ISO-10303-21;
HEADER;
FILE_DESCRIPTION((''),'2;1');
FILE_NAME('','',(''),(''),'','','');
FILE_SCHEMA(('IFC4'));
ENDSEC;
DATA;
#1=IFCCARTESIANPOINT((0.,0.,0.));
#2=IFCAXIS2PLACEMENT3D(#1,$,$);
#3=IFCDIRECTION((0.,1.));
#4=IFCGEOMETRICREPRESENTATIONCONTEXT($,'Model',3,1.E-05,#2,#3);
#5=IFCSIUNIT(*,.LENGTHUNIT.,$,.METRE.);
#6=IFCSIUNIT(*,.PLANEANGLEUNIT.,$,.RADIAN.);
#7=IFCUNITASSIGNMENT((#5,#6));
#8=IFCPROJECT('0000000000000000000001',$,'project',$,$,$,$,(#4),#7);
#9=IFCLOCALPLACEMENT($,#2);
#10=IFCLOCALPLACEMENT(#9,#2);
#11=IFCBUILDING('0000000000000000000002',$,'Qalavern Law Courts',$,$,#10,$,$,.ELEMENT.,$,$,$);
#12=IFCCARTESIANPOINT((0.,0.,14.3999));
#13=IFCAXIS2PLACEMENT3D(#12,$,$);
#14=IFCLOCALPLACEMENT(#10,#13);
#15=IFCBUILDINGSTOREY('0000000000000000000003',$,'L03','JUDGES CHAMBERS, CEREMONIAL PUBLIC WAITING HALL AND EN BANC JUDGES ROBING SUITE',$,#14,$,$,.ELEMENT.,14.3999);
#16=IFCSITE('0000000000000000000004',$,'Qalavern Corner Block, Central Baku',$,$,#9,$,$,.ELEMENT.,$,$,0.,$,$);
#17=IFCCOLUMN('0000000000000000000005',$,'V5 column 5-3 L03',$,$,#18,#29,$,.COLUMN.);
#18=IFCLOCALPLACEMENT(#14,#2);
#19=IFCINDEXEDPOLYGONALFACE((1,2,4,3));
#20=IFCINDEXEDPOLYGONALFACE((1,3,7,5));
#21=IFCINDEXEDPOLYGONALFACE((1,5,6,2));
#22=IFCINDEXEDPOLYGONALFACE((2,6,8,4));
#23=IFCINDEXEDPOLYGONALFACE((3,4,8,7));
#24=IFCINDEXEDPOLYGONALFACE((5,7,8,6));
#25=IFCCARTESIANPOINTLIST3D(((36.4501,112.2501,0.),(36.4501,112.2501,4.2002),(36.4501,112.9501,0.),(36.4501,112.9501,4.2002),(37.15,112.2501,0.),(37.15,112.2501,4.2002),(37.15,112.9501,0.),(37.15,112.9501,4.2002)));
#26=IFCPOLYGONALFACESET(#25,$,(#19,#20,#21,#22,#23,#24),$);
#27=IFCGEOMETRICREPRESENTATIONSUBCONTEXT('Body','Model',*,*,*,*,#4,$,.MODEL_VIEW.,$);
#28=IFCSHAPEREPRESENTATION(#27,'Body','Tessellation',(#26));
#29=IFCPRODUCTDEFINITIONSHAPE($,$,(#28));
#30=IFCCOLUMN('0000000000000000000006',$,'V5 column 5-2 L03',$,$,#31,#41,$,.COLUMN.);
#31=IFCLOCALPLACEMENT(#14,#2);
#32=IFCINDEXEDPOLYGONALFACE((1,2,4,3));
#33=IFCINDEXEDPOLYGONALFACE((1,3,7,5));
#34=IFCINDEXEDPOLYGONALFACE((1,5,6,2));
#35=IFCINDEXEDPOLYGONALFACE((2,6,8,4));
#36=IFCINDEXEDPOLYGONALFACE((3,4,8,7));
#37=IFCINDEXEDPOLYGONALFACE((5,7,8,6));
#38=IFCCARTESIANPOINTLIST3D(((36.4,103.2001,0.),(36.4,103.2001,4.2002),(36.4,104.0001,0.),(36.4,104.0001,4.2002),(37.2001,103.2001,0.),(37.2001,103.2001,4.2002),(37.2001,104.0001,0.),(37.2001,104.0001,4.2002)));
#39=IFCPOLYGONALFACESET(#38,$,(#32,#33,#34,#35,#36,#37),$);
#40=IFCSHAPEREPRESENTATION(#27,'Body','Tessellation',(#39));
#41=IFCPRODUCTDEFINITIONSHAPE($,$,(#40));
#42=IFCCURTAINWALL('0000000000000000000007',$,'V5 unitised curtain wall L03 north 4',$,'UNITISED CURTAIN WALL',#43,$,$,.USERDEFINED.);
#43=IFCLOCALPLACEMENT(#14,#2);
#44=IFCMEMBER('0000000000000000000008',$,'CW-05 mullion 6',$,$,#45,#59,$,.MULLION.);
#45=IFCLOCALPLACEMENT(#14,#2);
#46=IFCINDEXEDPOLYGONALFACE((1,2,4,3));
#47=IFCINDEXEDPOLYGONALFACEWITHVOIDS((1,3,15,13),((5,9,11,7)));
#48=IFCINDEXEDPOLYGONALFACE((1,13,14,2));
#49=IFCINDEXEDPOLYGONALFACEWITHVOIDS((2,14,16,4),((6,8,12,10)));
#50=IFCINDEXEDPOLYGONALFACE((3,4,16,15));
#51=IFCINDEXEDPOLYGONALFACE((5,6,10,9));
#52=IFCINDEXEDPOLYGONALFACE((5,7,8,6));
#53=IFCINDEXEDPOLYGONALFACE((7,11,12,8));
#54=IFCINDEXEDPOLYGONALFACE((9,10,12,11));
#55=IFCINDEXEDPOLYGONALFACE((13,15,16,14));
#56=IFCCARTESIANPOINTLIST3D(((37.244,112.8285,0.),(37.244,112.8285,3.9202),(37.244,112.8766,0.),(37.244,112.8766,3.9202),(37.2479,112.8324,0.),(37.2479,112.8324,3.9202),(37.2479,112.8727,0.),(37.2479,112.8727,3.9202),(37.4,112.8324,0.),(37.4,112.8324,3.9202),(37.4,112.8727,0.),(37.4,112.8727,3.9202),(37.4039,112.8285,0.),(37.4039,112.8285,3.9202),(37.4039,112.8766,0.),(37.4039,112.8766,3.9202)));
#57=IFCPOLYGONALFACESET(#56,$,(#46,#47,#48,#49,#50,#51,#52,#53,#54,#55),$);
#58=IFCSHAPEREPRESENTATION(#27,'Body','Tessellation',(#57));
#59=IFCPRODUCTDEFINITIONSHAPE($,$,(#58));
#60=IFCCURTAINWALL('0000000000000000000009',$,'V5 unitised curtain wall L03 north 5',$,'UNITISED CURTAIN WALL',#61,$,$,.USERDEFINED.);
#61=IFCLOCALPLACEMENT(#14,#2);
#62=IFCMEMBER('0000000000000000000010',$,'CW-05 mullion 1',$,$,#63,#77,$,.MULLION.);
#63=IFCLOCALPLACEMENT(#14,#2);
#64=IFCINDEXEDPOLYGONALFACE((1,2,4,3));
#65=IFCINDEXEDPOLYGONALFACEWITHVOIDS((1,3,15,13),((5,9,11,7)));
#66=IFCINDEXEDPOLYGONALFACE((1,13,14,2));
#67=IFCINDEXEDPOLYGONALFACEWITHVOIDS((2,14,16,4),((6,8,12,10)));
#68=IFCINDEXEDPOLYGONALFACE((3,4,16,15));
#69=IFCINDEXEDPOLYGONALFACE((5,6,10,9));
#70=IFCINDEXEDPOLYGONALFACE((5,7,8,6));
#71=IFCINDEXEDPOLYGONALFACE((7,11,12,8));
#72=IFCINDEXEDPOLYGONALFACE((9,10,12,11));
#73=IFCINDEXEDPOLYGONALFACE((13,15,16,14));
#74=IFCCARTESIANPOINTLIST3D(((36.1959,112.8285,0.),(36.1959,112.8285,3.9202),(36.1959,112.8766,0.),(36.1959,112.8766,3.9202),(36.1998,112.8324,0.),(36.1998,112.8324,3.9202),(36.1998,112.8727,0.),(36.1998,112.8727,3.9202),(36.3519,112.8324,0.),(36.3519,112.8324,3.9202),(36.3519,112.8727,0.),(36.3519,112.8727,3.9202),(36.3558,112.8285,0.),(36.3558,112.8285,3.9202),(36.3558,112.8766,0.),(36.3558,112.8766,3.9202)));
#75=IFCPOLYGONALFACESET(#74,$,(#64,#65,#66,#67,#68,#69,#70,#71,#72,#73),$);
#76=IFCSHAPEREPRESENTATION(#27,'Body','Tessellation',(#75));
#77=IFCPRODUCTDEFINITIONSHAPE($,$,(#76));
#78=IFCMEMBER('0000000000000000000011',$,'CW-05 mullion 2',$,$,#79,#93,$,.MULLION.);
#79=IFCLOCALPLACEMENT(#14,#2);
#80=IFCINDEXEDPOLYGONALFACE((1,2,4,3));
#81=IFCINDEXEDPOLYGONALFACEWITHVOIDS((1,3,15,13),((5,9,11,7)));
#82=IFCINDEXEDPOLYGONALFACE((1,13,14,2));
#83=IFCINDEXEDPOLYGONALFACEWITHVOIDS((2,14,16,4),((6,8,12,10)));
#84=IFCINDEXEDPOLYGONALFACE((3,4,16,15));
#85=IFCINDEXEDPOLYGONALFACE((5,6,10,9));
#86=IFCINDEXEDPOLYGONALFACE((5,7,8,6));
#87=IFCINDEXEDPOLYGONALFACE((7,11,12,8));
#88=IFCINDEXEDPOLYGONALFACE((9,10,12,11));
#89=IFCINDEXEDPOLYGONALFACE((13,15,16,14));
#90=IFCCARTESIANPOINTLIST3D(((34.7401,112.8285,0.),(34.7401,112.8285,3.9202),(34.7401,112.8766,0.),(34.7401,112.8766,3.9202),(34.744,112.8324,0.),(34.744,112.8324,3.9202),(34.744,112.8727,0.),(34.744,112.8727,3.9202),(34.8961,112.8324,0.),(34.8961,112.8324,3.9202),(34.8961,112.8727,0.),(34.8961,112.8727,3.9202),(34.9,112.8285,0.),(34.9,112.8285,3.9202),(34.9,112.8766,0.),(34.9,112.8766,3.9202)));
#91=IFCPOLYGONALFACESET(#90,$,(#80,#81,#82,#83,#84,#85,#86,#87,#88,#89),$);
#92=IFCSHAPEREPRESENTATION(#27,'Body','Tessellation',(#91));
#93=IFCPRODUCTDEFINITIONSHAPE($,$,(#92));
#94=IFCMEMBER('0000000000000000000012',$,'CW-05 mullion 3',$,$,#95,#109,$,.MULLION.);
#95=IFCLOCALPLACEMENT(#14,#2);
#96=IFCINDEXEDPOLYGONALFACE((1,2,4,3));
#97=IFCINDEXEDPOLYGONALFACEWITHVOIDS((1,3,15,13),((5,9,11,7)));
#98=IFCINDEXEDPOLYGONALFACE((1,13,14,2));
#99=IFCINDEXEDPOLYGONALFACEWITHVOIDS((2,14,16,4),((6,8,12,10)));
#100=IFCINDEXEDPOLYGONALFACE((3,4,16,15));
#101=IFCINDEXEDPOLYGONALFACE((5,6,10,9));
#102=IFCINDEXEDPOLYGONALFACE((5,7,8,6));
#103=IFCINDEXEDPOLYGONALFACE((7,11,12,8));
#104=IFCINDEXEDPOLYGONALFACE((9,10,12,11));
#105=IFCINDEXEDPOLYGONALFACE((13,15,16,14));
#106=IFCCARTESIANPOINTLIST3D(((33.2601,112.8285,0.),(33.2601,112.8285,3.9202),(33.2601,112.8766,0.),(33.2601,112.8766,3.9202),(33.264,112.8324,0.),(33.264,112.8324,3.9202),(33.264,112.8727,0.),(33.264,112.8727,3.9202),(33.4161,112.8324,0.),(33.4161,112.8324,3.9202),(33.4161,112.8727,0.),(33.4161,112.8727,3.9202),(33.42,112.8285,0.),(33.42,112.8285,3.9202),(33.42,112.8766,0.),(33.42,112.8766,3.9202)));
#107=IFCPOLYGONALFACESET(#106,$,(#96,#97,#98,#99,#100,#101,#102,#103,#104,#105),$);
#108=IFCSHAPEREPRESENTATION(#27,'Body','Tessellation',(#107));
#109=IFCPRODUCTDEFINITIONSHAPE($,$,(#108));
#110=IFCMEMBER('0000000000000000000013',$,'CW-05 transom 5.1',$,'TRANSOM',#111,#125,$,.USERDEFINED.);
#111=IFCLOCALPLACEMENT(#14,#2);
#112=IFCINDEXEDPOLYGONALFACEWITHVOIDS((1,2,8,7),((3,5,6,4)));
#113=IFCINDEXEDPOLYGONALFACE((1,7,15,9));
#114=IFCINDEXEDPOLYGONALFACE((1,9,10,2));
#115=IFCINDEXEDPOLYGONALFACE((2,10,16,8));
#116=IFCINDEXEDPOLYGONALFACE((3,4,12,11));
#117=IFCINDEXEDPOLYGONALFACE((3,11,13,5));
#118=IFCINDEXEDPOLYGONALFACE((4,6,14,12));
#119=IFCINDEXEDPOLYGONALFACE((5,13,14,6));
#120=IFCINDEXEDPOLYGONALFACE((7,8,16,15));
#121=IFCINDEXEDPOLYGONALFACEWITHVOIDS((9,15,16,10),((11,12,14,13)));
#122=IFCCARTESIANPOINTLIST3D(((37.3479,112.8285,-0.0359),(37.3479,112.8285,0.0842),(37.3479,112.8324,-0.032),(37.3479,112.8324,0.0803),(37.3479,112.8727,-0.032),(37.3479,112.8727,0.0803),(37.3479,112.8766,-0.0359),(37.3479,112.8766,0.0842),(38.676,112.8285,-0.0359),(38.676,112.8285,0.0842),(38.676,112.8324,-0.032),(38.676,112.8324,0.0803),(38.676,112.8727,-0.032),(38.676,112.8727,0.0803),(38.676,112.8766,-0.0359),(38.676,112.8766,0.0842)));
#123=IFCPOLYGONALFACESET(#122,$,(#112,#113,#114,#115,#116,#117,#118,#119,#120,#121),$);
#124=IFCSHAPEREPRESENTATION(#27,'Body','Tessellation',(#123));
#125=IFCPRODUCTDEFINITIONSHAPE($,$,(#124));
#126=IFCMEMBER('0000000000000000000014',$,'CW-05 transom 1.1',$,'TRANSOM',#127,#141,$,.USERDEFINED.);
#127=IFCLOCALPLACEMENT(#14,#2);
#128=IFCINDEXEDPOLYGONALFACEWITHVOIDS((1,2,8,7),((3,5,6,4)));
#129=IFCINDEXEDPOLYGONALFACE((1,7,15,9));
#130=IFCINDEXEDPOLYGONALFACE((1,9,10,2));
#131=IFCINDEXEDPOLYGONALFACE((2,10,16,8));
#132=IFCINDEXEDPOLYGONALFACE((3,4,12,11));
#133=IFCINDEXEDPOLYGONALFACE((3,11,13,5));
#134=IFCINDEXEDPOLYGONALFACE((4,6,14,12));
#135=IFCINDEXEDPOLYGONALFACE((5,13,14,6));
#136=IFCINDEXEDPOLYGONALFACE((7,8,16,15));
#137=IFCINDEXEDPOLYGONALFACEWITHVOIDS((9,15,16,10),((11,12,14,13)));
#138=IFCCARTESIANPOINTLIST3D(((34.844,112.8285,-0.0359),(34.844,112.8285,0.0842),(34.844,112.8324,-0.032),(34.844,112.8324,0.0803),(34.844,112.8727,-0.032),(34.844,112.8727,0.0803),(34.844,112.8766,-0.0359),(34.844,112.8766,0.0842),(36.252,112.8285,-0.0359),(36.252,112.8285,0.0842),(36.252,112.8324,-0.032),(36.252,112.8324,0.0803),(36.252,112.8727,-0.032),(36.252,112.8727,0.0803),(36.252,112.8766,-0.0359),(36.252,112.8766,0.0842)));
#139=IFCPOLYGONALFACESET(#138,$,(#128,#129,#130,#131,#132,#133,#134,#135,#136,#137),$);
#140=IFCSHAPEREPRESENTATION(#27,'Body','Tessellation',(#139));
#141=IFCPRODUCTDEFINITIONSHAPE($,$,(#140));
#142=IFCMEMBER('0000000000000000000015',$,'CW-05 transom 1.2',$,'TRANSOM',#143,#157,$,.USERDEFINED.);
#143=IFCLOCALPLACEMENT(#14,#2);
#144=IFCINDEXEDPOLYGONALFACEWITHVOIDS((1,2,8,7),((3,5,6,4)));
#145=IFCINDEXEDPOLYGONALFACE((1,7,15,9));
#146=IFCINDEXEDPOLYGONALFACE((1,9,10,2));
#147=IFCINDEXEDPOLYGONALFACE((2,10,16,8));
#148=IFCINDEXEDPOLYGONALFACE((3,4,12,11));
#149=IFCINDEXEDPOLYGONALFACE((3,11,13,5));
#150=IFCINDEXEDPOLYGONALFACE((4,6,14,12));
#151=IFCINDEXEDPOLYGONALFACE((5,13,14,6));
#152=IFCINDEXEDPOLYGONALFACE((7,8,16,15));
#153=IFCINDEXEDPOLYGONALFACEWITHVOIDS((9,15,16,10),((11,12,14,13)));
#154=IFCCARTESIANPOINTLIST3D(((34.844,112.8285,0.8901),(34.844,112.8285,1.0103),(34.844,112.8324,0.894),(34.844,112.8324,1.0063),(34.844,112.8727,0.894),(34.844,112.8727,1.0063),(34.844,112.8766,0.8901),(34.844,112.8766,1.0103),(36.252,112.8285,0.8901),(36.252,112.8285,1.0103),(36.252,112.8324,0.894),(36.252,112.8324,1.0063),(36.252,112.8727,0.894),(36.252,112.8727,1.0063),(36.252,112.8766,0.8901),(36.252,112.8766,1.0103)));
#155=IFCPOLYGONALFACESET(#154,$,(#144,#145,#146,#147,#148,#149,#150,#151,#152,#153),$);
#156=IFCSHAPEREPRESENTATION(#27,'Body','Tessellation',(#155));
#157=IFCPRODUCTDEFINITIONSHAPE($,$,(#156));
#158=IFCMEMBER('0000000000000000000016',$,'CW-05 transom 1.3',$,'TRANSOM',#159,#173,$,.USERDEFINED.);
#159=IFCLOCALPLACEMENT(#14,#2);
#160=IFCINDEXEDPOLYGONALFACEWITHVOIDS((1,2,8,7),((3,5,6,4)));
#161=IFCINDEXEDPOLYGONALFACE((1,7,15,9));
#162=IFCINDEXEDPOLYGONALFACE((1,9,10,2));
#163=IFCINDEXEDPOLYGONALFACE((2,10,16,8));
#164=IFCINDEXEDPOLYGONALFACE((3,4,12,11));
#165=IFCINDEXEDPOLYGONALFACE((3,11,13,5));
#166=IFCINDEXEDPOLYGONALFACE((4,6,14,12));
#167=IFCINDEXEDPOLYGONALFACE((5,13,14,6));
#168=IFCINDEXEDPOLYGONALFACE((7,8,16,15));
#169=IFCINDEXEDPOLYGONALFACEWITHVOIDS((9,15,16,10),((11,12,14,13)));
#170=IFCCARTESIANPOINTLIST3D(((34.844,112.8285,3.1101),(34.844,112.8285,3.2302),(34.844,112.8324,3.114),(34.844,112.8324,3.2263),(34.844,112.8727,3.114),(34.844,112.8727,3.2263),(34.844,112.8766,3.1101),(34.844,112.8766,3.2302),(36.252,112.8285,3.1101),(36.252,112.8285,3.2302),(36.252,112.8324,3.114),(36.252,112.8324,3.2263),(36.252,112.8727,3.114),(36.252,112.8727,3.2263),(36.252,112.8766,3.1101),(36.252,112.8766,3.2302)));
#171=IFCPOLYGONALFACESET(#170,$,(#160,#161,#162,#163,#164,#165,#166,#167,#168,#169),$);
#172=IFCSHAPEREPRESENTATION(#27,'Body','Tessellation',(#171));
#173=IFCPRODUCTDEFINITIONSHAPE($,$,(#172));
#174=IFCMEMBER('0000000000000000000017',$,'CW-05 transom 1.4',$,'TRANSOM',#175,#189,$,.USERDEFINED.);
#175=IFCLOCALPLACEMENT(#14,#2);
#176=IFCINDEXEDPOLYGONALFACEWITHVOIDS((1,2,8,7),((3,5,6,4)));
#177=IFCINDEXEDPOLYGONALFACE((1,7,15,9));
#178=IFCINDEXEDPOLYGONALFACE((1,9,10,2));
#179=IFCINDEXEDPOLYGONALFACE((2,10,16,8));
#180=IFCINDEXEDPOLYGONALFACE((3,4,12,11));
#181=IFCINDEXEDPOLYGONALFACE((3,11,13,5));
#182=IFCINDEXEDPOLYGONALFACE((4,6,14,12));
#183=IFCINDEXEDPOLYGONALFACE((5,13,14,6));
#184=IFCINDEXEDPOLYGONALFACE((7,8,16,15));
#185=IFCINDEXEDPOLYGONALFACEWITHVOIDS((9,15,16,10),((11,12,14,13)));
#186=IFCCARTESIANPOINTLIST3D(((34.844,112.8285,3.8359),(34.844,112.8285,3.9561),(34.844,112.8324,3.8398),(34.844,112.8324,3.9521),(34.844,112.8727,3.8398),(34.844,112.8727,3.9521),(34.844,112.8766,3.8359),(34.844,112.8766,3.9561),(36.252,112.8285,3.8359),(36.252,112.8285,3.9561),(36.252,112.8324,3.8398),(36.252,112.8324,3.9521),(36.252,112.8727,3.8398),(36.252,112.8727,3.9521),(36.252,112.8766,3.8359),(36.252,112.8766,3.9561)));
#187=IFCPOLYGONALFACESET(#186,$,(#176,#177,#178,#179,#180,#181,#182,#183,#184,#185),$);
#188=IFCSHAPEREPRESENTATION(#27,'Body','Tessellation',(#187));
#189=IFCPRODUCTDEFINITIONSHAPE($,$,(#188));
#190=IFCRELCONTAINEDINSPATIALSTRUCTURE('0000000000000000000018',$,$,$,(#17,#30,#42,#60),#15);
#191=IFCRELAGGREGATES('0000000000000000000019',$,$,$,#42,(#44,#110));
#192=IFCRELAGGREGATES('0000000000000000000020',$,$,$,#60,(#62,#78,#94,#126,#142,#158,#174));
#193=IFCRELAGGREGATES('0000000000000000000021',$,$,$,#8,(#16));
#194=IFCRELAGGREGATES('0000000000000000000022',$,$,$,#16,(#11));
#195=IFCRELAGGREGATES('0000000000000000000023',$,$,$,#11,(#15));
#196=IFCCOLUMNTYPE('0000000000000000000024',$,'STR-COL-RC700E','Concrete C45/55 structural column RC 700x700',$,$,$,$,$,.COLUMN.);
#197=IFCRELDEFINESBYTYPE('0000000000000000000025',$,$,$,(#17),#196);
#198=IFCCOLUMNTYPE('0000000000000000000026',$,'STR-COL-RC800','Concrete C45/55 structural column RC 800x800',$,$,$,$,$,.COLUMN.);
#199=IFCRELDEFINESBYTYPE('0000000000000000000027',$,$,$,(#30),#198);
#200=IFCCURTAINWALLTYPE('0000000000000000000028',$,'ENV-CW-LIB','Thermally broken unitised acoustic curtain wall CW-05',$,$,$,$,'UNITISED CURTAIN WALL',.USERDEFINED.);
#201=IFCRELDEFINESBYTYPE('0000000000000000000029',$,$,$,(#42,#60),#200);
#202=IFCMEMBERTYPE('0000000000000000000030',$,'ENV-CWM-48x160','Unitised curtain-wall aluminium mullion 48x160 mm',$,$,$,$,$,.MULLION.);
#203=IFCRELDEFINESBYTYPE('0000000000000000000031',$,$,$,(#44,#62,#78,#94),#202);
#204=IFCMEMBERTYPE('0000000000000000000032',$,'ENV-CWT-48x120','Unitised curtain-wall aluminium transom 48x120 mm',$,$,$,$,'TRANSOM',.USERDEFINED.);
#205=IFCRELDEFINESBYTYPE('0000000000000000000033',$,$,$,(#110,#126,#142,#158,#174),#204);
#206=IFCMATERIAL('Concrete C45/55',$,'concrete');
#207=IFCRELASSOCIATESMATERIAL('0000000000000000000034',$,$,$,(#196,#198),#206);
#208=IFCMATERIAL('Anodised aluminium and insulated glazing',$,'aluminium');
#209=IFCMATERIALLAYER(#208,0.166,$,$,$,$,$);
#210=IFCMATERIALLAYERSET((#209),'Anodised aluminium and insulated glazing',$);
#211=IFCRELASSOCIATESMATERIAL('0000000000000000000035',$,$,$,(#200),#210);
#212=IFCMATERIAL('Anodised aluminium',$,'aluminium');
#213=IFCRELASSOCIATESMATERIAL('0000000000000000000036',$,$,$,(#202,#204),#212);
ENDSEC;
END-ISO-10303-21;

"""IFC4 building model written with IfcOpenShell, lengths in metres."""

from ifc_helpers import new_model, si_unit, direction, frame, origin, origin_2d, place, context, subcontext, project, spatial, rectangle, hollow_rectangle, extrude, material, layer, layer_set, material_profile, profile_set, type_object, element, aggregate, save


model = new_model("IFC4")

# Units and contexts
model_context = context("Model", 3, precision=1e-05, world=origin(), true_north=direction((0.0, 1.0)))
body_context = subcontext(model_context, "Body", "Model", "MODEL_VIEW")
ifc_project = project(units=[si_unit("LENGTHUNIT", "METRE"), si_unit("PLANEANGLEUNIT", "RADIAN")], contexts=[model_context])

# Site, building, storey
site_placement = place(None, origin())
site = spatial("IfcSite", under=ifc_project, at=site_placement, Name="Qalavern Corner Block, Central Baku", CompositionType="ELEMENT", RefElevation=0.0)
building_placement = place(site_placement, origin())
building = spatial("IfcBuilding", under=site, at=building_placement, Name="Qalavern Law Courts", CompositionType="ELEMENT")
storey_placement = place(building_placement, frame((0.0, 0.0, 14.3999)))
storey = spatial("IfcBuildingStorey", under=building, at=storey_placement, Name="L03", Description="JUDGES CHAMBERS, CEREMONIAL PUBLIC WAITING HALL AND EN BANC JUDGES ROBING SUITE", CompositionType="ELEMENT", Elevation=14.3999)

# Columns
ifc_material_1 = material(Name="Concrete C45/55", Category="concrete")
ifc_material_profile_1 = material_profile(ifc_material_1, rectangle(XDim=0.7, YDim=0.7, at=origin_2d()), Name="RC 700x700")
ifc_profile_set_1 = profile_set([ifc_material_profile_1], Name="Concrete C45/55")
column_type_1 = type_object("IfcColumnType", Name="STR-COL-RC700E", Description="Concrete C45/55 structural column RC 700x700", PredefinedType="COLUMN", material=ifc_profile_set_1)
column_1_placement = place(storey_placement, frame((36.8, 112.6001, 0.0), z_axis=(0.0, 0.0, 1.0), x_axis=(1.0, 0.0, 0.0)))
element("IfcColumn", 1, at=column_1_placement, inside=storey, type_object=column_type_1, Name="V5 column 5-3 L03", PredefinedType="COLUMN", context=body_context, shape_type="SweptSolid", body=[
    extrude(rectangle(XDim=0.7, YDim=0.7, at=origin_2d()), origin(), (0.0, 0.0, 1.0), 4.2002),
])
ifc_material_profile_2 = material_profile(ifc_material_1, rectangle(XDim=0.8, YDim=0.8, at=origin_2d()), Name="RC 800x800")
ifc_profile_set_2 = profile_set([ifc_material_profile_2], Name="Concrete C45/55")
column_type_2 = type_object("IfcColumnType", Name="STR-COL-RC800", Description="Concrete C45/55 structural column RC 800x800", PredefinedType="COLUMN", material=ifc_profile_set_2)
column_2_placement = place(storey_placement, frame((36.8, 103.6001, 0.0), z_axis=(0.0, 0.0, 1.0), x_axis=(1.0, 0.0, 0.0)))
element("IfcColumn", 2, at=column_2_placement, inside=storey, type_object=column_type_2, Name="V5 column 5-2 L03", PredefinedType="COLUMN", context=body_context, shape_type="SweptSolid", body=[
    extrude(rectangle(XDim=0.8, YDim=0.8, at=origin_2d()), origin(), (0.0, 0.0, 1.0), 4.2002),
])

# Curtain wall, member
ifc_material_2 = material(Name="Anodised aluminium and insulated glazing", Category="aluminium")
ifc_layer_1 = layer(ifc_material_2, 0.166)
ifc_layer_set_1 = layer_set([ifc_layer_1], Name="Anodised aluminium and insulated glazing")
curtain_wall_type = type_object("IfcCurtainWallType", Name="ENV-CW-LIB", Description="Thermally broken unitised acoustic curtain wall CW-05", ElementType="UNITISED CURTAIN WALL", PredefinedType="USERDEFINED", material=ifc_layer_set_1)
curtain_wall_1_placement = place(storey_placement, origin())
curtain_wall_1 = element("IfcCurtainWall", 3, at=curtain_wall_1_placement, inside=storey, type_object=curtain_wall_type, Name="V5 unitised curtain wall L03 north 4", ObjectType="UNITISED CURTAIN WALL", PredefinedType="USERDEFINED")
ifc_material_3 = material(Name="Anodised aluminium", Category="aluminium")
ifc_material_profile_3 = material_profile(ifc_material_3, hollow_rectangle(XDim=0.0481, YDim=0.1599, WallThickness=0.0039, at=origin_2d()), Name="ALU MULLION 48x160")
ifc_profile_set_3 = profile_set([ifc_material_profile_3], Name="Anodised aluminium")
member_type_1 = type_object("IfcMemberType", Name="ENV-CWM-48x160", Description="Unitised curtain-wall aluminium mullion 48x160 mm", PredefinedType="MULLION", material=ifc_profile_set_3)
member_1_placement = place(storey_placement, frame((37.324, 112.8525, 0.0), z_axis=(0.0, 0.0, 1.0), x_axis=(0.0, -1.0, 0.0)))
member_1 = element("IfcMember", 4, at=member_1_placement, type_object=member_type_1, Name="CW-05 mullion 6", PredefinedType="MULLION", context=body_context, shape_type="SweptSolid", body=[
    extrude(hollow_rectangle(XDim=0.0481, YDim=0.1599, WallThickness=0.0039, at=origin_2d()), origin(), (0.0, 0.0, 1.0), 3.9202),
])

# Curtain wall, members
curtain_wall_2_placement = place(storey_placement, origin())
curtain_wall_2 = element("IfcCurtainWall", 5, at=curtain_wall_2_placement, inside=storey, type_object=curtain_wall_type, Name="V5 unitised curtain wall L03 north 5", ObjectType="UNITISED CURTAIN WALL", PredefinedType="USERDEFINED")
member_2_placement = place(storey_placement, frame((36.2759, 112.8525, 0.0), z_axis=(0.0, 0.0, 1.0), x_axis=(0.0, -1.0, 0.0)))
member_2 = element("IfcMember", 6, at=member_2_placement, type_object=member_type_1, Name="CW-05 mullion 1", PredefinedType="MULLION", context=body_context, shape_type="SweptSolid", body=[
    extrude(hollow_rectangle(XDim=0.0481, YDim=0.1599, WallThickness=0.0039, at=origin_2d()), origin(), (0.0, 0.0, 1.0), 3.9202),
])
member_3_placement = place(storey_placement, frame((34.8201, 112.8525, 0.0), z_axis=(0.0, 0.0, 1.0), x_axis=(0.0, -1.0, 0.0)))
member_3 = element("IfcMember", 7, at=member_3_placement, type_object=member_type_1, Name="CW-05 mullion 2", PredefinedType="MULLION", context=body_context, shape_type="SweptSolid", body=[
    extrude(hollow_rectangle(XDim=0.0481, YDim=0.1599, WallThickness=0.0039, at=origin_2d()), origin(), (0.0, 0.0, 1.0), 3.9202),
])
member_4_placement = place(storey_placement, frame((33.3401, 112.8525, 0.0), z_axis=(0.0, 0.0, 1.0), x_axis=(0.0, -1.0, 0.0)))
member_4 = element("IfcMember", 8, at=member_4_placement, type_object=member_type_1, Name="CW-05 mullion 3", PredefinedType="MULLION", context=body_context, shape_type="SweptSolid", body=[
    extrude(hollow_rectangle(XDim=0.0481, YDim=0.1599, WallThickness=0.0039, at=origin_2d()), origin(), (0.0, 0.0, 1.0), 3.9202),
])

# Members
ifc_material_profile_4 = material_profile(ifc_material_3, hollow_rectangle(XDim=0.0481, YDim=0.1201, WallThickness=0.0039, at=origin_2d()), Name="ALU TRANSOM 48x120")
ifc_profile_set_4 = profile_set([ifc_material_profile_4], Name="Anodised aluminium")
member_type_2 = type_object("IfcMemberType", Name="ENV-CWT-48x120", Description="Unitised curtain-wall aluminium transom 48x120 mm", ElementType="TRANSOM", PredefinedType="USERDEFINED", material=ifc_profile_set_4)
member_5_placement = place(storey_placement, frame((38.676, 112.8525, 0.0242), z_axis=(-1.0, 0.0, 0.0), x_axis=(0.0, -1.0, 0.0)))
member_5 = element("IfcMember", 9, at=member_5_placement, type_object=member_type_2, Name="CW-05 transom 5.1", ObjectType="TRANSOM", PredefinedType="USERDEFINED", context=body_context, shape_type="SweptSolid", body=[
    extrude(hollow_rectangle(XDim=0.0481, YDim=0.1201, WallThickness=0.0039, at=origin_2d()), origin(), (0.0, 0.0, 1.0), 1.3281),
])
member_6_placement = place(storey_placement, frame((36.252, 112.8525, 0.0242), z_axis=(-1.0, 0.0, 0.0), x_axis=(0.0, -1.0, 0.0)))
member_6 = element("IfcMember", 10, at=member_6_placement, type_object=member_type_2, Name="CW-05 transom 1.1", ObjectType="TRANSOM", PredefinedType="USERDEFINED", context=body_context, shape_type="SweptSolid", body=[
    extrude(hollow_rectangle(XDim=0.0481, YDim=0.1201, WallThickness=0.0039, at=origin_2d()), origin(), (0.0, 0.0, 1.0), 1.408),
])
member_7_placement = place(storey_placement, frame((36.252, 112.8525, 0.9502), z_axis=(-1.0, 0.0, 0.0), x_axis=(0.0, -1.0, 0.0)))
member_7 = element("IfcMember", 11, at=member_7_placement, type_object=member_type_2, Name="CW-05 transom 1.2", ObjectType="TRANSOM", PredefinedType="USERDEFINED", context=body_context, shape_type="SweptSolid", body=[
    extrude(hollow_rectangle(XDim=0.0481, YDim=0.1201, WallThickness=0.0039, at=origin_2d()), origin(), (0.0, 0.0, 1.0), 1.408),
])
member_8_placement = place(storey_placement, frame((36.252, 112.8525, 3.1702), z_axis=(-1.0, 0.0, 0.0), x_axis=(0.0, -1.0, 0.0)))
member_8 = element("IfcMember", 12, at=member_8_placement, type_object=member_type_2, Name="CW-05 transom 1.3", ObjectType="TRANSOM", PredefinedType="USERDEFINED", context=body_context, shape_type="SweptSolid", body=[
    extrude(hollow_rectangle(XDim=0.0481, YDim=0.1201, WallThickness=0.0039, at=origin_2d()), origin(), (0.0, 0.0, 1.0), 1.408),
])
member_9_placement = place(storey_placement, frame((36.252, 112.8525, 3.896), z_axis=(-1.0, 0.0, 0.0), x_axis=(0.0, -1.0, 0.0)))
member_9 = element("IfcMember", 13, at=member_9_placement, type_object=member_type_2, Name="CW-05 transom 1.4", ObjectType="TRANSOM", PredefinedType="USERDEFINED", context=body_context, shape_type="SweptSolid", body=[
    extrude(hollow_rectangle(XDim=0.0481, YDim=0.1201, WallThickness=0.0039, at=origin_2d()), origin(), (0.0, 0.0, 1.0), 1.408),
])

aggregate(curtain_wall_1, [member_1, member_5])
aggregate(curtain_wall_2, [member_2, member_3, member_4, member_6, member_7, member_8, member_9])

save(model, "model.ifc")
